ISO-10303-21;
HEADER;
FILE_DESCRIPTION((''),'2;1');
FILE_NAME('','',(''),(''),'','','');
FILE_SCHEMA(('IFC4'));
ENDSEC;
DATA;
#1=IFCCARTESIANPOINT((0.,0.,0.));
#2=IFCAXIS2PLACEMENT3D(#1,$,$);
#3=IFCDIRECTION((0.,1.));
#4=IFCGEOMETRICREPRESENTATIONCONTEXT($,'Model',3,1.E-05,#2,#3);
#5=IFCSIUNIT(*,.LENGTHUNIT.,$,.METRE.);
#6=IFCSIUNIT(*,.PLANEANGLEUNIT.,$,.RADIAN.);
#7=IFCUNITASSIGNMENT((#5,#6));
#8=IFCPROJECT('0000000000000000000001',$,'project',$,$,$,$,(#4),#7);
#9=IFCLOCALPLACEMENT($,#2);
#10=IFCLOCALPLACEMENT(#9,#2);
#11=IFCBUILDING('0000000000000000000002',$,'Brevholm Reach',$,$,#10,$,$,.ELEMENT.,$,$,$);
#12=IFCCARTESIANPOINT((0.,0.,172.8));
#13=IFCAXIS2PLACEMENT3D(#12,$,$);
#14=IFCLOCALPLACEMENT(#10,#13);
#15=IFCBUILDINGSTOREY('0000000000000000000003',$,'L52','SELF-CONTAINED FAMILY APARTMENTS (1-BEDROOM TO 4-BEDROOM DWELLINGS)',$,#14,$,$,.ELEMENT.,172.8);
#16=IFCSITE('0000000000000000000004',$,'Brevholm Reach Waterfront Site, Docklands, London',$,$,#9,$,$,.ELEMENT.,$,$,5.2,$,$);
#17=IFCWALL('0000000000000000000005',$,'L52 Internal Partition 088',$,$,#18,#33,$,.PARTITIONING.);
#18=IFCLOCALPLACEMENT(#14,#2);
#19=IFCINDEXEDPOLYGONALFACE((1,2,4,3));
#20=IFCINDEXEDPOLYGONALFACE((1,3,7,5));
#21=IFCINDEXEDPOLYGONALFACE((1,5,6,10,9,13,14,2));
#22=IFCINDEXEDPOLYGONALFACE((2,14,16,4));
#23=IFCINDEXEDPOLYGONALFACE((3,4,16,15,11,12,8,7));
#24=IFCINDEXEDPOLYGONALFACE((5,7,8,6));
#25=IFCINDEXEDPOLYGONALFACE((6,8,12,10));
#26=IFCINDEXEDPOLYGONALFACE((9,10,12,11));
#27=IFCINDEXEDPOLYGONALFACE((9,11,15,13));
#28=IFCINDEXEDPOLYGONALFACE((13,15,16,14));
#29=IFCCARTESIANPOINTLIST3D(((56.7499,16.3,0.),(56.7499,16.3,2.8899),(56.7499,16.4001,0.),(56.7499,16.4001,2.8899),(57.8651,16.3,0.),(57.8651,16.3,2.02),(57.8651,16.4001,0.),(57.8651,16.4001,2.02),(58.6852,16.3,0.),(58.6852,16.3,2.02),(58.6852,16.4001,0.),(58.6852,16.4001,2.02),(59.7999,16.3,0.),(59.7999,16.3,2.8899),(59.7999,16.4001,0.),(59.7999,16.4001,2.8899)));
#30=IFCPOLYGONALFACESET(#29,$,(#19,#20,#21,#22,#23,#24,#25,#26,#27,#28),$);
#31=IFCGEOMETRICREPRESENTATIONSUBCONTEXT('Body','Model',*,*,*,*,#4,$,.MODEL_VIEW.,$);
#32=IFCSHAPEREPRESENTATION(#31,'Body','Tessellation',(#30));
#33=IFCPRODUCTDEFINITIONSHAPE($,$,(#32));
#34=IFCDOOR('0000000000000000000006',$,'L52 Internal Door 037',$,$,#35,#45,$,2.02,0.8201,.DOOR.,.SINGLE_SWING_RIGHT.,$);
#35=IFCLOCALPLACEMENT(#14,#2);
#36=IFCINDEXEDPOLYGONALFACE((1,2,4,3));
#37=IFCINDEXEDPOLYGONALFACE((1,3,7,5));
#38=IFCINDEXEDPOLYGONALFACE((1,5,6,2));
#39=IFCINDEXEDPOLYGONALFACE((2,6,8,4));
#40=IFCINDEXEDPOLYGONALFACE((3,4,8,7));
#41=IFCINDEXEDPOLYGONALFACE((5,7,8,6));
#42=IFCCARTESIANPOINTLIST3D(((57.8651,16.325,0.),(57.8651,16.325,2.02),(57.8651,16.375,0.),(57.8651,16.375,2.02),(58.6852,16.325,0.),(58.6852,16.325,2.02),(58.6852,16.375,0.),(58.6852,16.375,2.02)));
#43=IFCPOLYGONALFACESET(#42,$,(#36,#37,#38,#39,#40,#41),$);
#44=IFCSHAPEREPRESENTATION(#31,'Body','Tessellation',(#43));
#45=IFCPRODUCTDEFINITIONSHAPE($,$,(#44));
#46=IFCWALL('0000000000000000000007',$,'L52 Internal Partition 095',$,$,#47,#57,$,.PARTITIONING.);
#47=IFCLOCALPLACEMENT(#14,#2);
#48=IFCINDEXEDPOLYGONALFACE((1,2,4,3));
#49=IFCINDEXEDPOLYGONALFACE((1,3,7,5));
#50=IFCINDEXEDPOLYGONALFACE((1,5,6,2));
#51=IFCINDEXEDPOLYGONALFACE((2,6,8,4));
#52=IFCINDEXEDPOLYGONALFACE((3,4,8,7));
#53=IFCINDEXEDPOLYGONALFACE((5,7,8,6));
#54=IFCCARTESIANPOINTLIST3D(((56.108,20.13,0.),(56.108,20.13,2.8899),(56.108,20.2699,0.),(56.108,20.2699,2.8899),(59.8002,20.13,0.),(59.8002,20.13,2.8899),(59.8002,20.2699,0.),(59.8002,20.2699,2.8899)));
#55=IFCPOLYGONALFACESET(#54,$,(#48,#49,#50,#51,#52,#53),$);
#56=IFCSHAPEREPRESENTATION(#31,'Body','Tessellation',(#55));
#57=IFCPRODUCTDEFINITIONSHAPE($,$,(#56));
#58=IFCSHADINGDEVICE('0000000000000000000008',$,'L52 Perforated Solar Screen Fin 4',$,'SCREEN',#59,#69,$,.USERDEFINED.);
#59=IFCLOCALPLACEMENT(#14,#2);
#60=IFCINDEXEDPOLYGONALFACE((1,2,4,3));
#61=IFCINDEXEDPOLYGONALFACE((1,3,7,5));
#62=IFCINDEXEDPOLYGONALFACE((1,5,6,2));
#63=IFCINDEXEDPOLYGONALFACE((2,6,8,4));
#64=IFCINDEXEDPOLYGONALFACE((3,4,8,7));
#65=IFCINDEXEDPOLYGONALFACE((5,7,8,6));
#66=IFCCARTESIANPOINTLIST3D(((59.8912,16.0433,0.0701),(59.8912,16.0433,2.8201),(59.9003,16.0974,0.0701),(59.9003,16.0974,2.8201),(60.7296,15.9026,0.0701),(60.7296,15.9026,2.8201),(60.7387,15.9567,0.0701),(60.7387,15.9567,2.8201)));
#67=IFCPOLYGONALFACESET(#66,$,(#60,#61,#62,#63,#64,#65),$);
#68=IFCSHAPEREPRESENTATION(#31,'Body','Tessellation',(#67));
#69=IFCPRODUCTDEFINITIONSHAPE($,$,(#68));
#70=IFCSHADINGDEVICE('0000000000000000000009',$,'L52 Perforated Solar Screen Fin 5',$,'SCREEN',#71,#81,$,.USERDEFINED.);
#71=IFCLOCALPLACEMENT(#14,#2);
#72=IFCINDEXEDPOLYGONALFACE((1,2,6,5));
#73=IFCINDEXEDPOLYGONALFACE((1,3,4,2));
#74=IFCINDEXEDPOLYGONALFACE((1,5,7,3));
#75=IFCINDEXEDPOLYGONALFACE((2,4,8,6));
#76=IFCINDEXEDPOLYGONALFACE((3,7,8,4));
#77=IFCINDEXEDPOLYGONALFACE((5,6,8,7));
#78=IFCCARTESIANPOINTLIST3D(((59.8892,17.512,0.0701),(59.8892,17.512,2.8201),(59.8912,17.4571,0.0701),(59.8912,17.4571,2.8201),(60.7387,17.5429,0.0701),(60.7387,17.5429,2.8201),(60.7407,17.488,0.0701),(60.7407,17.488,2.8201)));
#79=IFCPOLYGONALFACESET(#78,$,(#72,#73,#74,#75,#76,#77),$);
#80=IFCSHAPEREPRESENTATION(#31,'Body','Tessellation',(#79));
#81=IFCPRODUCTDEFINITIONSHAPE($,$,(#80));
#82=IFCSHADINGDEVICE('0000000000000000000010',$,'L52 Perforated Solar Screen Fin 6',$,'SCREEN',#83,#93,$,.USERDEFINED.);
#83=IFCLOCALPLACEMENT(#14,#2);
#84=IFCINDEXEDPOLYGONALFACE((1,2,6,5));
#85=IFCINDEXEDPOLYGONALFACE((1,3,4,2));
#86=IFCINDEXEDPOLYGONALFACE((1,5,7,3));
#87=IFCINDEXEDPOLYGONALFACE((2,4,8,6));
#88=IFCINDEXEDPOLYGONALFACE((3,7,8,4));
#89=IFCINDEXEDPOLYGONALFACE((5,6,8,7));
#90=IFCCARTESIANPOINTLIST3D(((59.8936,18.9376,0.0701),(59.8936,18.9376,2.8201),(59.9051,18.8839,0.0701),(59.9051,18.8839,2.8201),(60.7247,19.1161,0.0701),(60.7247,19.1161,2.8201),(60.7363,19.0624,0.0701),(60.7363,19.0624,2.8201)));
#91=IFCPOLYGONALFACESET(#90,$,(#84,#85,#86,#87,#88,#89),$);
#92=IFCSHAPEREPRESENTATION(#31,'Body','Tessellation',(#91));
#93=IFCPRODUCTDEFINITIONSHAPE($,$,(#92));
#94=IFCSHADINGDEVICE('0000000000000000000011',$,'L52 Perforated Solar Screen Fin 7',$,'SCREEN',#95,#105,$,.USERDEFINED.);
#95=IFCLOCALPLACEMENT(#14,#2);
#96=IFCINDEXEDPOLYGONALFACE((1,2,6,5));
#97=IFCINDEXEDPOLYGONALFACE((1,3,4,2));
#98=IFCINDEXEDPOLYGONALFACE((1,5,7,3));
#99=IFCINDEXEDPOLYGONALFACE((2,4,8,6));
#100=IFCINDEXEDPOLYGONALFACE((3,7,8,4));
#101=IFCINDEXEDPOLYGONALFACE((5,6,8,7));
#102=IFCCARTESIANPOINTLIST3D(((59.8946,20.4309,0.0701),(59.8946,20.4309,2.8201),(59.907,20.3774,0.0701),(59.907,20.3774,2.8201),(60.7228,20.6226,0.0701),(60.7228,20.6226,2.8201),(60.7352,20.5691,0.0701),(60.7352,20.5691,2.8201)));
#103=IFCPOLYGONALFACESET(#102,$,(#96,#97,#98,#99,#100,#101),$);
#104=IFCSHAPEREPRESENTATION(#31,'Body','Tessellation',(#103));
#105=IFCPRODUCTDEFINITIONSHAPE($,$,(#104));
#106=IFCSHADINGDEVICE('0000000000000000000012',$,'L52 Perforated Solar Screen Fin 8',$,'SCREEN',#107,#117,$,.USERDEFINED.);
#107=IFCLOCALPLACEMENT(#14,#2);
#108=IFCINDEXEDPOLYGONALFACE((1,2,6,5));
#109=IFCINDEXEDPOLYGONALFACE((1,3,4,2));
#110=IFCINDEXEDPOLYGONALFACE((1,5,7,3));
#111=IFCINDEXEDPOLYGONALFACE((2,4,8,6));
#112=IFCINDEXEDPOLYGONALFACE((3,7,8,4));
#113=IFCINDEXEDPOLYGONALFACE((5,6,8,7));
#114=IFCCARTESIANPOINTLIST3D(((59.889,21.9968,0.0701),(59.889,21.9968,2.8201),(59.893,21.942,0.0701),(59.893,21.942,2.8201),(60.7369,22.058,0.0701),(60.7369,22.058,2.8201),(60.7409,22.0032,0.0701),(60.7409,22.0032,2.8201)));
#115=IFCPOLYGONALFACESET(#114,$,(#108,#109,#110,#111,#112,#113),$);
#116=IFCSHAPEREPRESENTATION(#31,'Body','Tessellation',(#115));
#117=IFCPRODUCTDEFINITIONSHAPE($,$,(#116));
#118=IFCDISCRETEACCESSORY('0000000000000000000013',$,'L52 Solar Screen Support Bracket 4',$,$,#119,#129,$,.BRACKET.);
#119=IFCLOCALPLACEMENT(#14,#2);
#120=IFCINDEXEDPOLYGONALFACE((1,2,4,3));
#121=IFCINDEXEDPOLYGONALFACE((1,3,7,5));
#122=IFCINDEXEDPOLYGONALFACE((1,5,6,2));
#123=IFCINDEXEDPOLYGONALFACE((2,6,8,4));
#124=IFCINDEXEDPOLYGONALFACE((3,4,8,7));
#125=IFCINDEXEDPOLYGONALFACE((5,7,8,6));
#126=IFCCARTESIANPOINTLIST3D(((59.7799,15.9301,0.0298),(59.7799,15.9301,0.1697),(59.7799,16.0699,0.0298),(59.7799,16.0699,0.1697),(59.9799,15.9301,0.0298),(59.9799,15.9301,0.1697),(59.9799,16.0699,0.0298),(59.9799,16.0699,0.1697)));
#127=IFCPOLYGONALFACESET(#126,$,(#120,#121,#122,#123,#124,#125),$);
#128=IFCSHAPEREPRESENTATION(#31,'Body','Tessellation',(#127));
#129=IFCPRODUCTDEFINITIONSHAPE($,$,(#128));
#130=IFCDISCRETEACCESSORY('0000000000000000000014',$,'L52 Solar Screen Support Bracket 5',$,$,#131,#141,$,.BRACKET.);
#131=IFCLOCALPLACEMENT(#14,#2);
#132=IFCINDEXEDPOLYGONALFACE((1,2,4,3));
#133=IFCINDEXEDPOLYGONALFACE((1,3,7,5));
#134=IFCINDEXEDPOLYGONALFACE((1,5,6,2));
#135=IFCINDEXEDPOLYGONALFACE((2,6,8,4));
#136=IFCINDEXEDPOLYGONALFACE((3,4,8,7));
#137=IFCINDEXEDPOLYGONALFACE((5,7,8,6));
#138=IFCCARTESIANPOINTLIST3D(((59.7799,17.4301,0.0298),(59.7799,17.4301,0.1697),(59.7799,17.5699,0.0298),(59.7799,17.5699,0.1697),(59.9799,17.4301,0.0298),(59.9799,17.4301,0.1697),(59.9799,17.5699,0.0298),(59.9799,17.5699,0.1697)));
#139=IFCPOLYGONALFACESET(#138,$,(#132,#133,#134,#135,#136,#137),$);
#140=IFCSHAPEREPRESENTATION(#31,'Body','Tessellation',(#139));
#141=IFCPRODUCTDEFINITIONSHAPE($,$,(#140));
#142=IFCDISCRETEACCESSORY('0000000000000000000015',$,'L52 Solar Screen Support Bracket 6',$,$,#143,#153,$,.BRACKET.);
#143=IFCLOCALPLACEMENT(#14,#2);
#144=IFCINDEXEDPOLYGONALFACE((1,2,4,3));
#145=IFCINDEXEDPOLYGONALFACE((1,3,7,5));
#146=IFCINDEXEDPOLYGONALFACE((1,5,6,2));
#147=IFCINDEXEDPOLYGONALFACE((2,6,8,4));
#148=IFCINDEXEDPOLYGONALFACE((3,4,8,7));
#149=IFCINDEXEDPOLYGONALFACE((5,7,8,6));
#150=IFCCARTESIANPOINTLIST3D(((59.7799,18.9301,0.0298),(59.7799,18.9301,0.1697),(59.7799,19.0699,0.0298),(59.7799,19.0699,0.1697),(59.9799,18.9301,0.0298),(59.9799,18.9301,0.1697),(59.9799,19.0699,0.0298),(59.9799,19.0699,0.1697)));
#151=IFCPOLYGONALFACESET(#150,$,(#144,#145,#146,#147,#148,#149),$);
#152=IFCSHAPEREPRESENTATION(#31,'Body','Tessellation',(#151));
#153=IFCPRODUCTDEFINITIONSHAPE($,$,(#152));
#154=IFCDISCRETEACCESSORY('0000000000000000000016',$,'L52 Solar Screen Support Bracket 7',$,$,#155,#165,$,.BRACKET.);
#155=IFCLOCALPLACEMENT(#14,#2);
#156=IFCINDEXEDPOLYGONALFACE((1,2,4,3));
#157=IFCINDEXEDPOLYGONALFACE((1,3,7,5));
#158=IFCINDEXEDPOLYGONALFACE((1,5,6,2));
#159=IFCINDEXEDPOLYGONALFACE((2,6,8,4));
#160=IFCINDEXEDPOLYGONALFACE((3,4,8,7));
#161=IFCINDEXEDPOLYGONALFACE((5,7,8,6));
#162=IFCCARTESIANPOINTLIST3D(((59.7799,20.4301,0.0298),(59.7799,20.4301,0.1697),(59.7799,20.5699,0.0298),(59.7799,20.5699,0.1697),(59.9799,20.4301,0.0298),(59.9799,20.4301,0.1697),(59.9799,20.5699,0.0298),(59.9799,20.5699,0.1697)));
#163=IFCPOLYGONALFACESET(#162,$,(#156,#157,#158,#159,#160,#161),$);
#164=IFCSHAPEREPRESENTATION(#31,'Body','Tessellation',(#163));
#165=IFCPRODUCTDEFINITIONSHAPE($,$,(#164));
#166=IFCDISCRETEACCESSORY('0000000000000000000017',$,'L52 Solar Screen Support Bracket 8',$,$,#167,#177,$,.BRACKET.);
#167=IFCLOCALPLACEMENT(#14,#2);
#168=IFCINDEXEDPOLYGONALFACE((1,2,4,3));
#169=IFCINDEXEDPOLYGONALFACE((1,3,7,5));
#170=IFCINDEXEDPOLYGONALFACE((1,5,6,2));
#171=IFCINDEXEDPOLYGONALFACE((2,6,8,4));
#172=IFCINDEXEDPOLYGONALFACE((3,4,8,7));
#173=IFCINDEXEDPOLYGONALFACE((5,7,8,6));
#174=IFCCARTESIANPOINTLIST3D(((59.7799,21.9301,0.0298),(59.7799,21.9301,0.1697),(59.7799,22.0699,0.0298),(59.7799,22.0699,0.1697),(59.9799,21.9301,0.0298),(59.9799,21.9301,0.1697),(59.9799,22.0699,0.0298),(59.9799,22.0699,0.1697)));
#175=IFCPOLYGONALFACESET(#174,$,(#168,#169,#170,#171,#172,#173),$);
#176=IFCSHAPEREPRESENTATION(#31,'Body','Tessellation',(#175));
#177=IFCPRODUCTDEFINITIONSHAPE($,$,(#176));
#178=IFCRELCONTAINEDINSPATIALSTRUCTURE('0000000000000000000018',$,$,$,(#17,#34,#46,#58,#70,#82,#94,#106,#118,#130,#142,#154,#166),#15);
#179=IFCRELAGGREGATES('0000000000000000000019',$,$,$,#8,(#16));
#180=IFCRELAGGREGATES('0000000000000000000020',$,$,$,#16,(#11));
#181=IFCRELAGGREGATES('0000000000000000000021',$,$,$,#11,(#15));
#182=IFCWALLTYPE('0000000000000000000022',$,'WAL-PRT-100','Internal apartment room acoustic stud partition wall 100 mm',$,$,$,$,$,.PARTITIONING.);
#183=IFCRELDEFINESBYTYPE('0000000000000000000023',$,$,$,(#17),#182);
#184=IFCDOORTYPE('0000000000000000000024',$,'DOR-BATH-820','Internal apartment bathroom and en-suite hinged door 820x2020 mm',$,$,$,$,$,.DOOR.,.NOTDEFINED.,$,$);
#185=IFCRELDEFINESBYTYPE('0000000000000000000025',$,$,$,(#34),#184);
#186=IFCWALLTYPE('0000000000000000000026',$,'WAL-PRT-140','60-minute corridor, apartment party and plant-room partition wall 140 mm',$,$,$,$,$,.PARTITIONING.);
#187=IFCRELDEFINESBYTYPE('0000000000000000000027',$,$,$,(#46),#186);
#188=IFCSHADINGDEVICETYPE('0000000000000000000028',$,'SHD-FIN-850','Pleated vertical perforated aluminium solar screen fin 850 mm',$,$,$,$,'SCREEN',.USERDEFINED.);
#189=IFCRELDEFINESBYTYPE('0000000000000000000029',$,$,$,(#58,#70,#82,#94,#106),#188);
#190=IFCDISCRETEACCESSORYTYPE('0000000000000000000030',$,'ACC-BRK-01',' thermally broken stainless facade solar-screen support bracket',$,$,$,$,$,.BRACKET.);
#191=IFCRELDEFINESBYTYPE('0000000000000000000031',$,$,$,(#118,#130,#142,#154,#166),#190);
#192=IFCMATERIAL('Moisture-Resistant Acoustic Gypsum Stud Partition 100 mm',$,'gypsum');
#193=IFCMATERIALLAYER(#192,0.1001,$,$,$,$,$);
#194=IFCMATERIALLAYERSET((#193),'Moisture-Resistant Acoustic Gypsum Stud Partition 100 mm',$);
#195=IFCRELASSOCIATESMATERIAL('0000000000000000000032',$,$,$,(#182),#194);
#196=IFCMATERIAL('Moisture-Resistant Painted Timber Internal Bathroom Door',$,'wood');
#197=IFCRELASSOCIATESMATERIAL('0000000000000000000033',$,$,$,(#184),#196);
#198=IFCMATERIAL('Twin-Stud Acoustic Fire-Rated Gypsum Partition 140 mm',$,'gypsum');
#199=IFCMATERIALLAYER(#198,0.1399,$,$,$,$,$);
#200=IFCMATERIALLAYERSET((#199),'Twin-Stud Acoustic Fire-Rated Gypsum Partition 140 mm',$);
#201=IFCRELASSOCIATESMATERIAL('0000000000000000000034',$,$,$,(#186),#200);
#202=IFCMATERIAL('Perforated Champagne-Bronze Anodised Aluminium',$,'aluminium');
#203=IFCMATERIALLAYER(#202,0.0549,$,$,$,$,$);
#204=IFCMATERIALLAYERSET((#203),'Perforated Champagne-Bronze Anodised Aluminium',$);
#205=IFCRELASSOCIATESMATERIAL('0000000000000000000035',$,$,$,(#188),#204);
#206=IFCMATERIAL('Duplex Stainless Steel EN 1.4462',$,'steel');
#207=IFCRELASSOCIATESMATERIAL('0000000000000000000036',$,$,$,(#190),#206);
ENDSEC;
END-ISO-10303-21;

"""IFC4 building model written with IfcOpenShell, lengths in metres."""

from ifc_helpers import new_model, si_unit, direction, frame, frame_2d, origin, origin_2d, place, context, subcontext, project, spatial, rectangle, extrude, material, layer, layer_set, type_object, element, fill, save


model = new_model("IFC4")

# Units and contexts
model_context = context("Model", 3, precision=1e-05, world=origin(), true_north=direction((0.0, 1.0)))
body_context = subcontext(model_context, "Body", "Model", "MODEL_VIEW")
ifc_project = project(units=[si_unit("LENGTHUNIT", "METRE"), si_unit("PLANEANGLEUNIT", "RADIAN")], contexts=[model_context])

# Site, building, storey
site_placement = place(None, origin())
site = spatial("IfcSite", under=ifc_project, at=site_placement, Name="Brevholm Reach Waterfront Site, Docklands, London", CompositionType="ELEMENT", RefElevation=5.2)
building_placement = place(site_placement, origin())
building = spatial("IfcBuilding", under=site, at=building_placement, Name="Brevholm Reach", CompositionType="ELEMENT")
storey_placement = place(building_placement, frame((0.0, 0.0, 172.8)))
storey = spatial("IfcBuildingStorey", under=building, at=storey_placement, Name="L52", Description="SELF-CONTAINED FAMILY APARTMENTS (1-BEDROOM TO 4-BEDROOM DWELLINGS)", CompositionType="ELEMENT", Elevation=172.8)

# Wall, opening, door
ifc_material_1 = material(Name="Moisture-Resistant Acoustic Gypsum Stud Partition 100 mm", Category="gypsum")
ifc_layer_1 = layer(ifc_material_1, 0.1001)
ifc_layer_set_1 = layer_set([ifc_layer_1], Name="Moisture-Resistant Acoustic Gypsum Stud Partition 100 mm")
wall_type_1 = type_object("IfcWallType", Name="WAL-PRT-100", Description="Internal apartment room acoustic stud partition wall 100 mm", PredefinedType="PARTITIONING", material=ifc_layer_set_1)
wall_1_placement = place(storey_placement, frame((56.75, 16.3501, 0.0), z_axis=(0.0, 0.0, 1.0), x_axis=(1.0, 0.0, 0.0)))
wall_1 = element("IfcWall", 1, at=wall_1_placement, inside=storey, type_object=wall_type_1, Name="L52 Internal Partition 088", PredefinedType="PARTITIONING", context=body_context, shape_type="SweptSolid", body=[
    extrude(rectangle(XDim=3.05, YDim=0.1001, at=frame_2d((1.5249, 0.0))), origin(), (0.0, 0.0, 1.0), 2.8899),
])
opening_placement = place(wall_1_placement, frame((1.115, 0.0, 0.0)))
opening = element("IfcOpeningElement", 2, at=opening_placement, cuts=wall_1, PredefinedType="OPENING", context=body_context, shape_type="SweptSolid", body=[
    extrude(rectangle(XDim=0.8201, YDim=2.02, at=frame_2d((0.4102, 1.01))), frame((0.0, 0.0601, 0.0), z_axis=(0.0, -1.0, 0.0), x_axis=(1.0, 0.0, 0.0)), (0.0, 0.0, 1.0), 0.1201),
])
ifc_material_2 = material(Name="Moisture-Resistant Painted Timber Internal Bathroom Door", Category="wood")
door_type = type_object("IfcDoorType", Name="DOR-BATH-820", Description="Internal apartment bathroom and en-suite hinged door 820x2020 mm", OperationType="NOTDEFINED", PredefinedType="DOOR", material=ifc_material_2)
door_placement = place(opening_placement, origin())
door = element("IfcDoor", 3, at=door_placement, inside=storey, type_object=door_type, Name="L52 Internal Door 037", OperationType="SINGLE_SWING_RIGHT", OverallHeight=2.02, OverallWidth=0.8201, PredefinedType="DOOR", context=body_context, shape_type="SweptSolid", body=[
    extrude(rectangle(XDim=0.8201, YDim=2.02, at=frame_2d((0.4102, 1.01))), frame((0.0, 0.0249, 0.0), z_axis=(0.0, -1.0, 0.0), x_axis=(1.0, 0.0, 0.0)), (0.0, 0.0, 1.0), 0.05),
])
fill(opening, door)

# Wall
ifc_material_3 = material(Name="Twin-Stud Acoustic Fire-Rated Gypsum Partition 140 mm", Category="gypsum")
ifc_layer_2 = layer(ifc_material_3, 0.1399)
ifc_layer_set_2 = layer_set([ifc_layer_2], Name="Twin-Stud Acoustic Fire-Rated Gypsum Partition 140 mm")
wall_type_2 = type_object("IfcWallType", Name="WAL-PRT-140", Description="60-minute corridor, apartment party and plant-room partition wall 140 mm", PredefinedType="PARTITIONING", material=ifc_layer_set_2)
wall_2_placement = place(storey_placement, frame((56.1079, 20.2, 0.0), z_axis=(0.0, 0.0, 1.0), x_axis=(1.0, 0.0, 0.0)))
element("IfcWall", 4, at=wall_2_placement, inside=storey, type_object=wall_type_2, Name="L52 Internal Partition 095", PredefinedType="PARTITIONING", context=body_context, shape_type="SweptSolid", body=[
    extrude(rectangle(XDim=3.6921, YDim=0.1399, at=frame_2d((1.8462, 0.0))), origin(), (0.0, 0.0, 1.0), 2.8899),
])

# Shading devices
ifc_material_4 = material(Name="Perforated Champagne-Bronze Anodised Aluminium", Category="aluminium")
ifc_layer_3 = layer(ifc_material_4, 0.0549)
ifc_layer_set_3 = layer_set([ifc_layer_3], Name="Perforated Champagne-Bronze Anodised Aluminium")
shading_device_type = type_object("IfcShadingDeviceType", Name="SHD-FIN-850", Description="Pleated vertical perforated aluminium solar screen fin 850 mm", ElementType="SCREEN", PredefinedType="USERDEFINED", material=ifc_layer_set_3)
for number, where, z_axis, x_axis, name in (
    (5, (60.3149, 16.0, 0.0701), (0.0, 0.0, 1.0), (0.986211, -0.165495, 0.0), "L52 Perforated Solar Screen Fin 4"),
    (6, (60.3149, 17.5, 0.0701), (0.0, 0.0, 1.0), (0.99934, 0.03633, 0.0), "L52 Perforated Solar Screen Fin 5"),
    (7, (60.3149, 19.0, 0.0701), (0.0, 0.0, 1.0), (0.977703, 0.209994, 0.0), "L52 Perforated Solar Screen Fin 6"),
    (8, (60.3149, 20.5, 0.0701), (0.0, 0.0, 1.0), (0.974236, 0.225529, 0.0), "L52 Perforated Solar Screen Fin 7"),
    (9, (60.3149, 22.0, 0.0701), (0.0, 0.0, 1.0), (0.997402, 0.072037, 0.0), "L52 Perforated Solar Screen Fin 8"),
):
    element("IfcShadingDevice", number, at=place(storey_placement, frame(where, z_axis=z_axis, x_axis=x_axis)), inside=storey, type_object=shading_device_type, Name=name, ObjectType="SCREEN", PredefinedType="USERDEFINED", context=body_context, shape_type="SweptSolid", body=[
        extrude(rectangle(XDim=0.8501, YDim=0.0549, at=origin_2d()), origin(), (0.0, 0.0, 1.0), 2.75),
    ])

# Discrete accessories
ifc_material_5 = material(Name="Duplex Stainless Steel EN 1.4462", Category="steel")
discrete_accessory_type = type_object("IfcDiscreteAccessoryType", Name="ACC-BRK-01", Description=" thermally broken stainless facade solar-screen support bracket", PredefinedType="BRACKET", material=ifc_material_5)
for number, where, z_axis, x_axis, name in (
    (10, (59.8799, 16.0, 0.0298), (0.0, 0.0, 1.0), (1.0, 0.0, 0.0), "L52 Solar Screen Support Bracket 4"),
    (11, (59.8799, 17.5, 0.0298), (0.0, 0.0, 1.0), (1.0, 0.0, 0.0), "L52 Solar Screen Support Bracket 5"),
    (12, (59.8799, 19.0, 0.0298), (0.0, 0.0, 1.0), (1.0, 0.0, 0.0), "L52 Solar Screen Support Bracket 6"),
    (13, (59.8799, 20.5, 0.0298), (0.0, 0.0, 1.0), (1.0, 0.0, 0.0), "L52 Solar Screen Support Bracket 7"),
    (14, (59.8799, 22.0, 0.0298), (0.0, 0.0, 1.0), (1.0, 0.0, 0.0), "L52 Solar Screen Support Bracket 8"),
):
    element("IfcDiscreteAccessory", number, at=place(storey_placement, frame(where, z_axis=z_axis, x_axis=x_axis)), inside=storey, type_object=discrete_accessory_type, Name=name, PredefinedType="BRACKET", context=body_context, shape_type="SweptSolid", body=[
        extrude(rectangle(XDim=0.2, YDim=0.1399, at=origin_2d()), origin(), (0.0, 0.0, 1.0), 0.1399),
    ])

save(model, "model.ifc")
